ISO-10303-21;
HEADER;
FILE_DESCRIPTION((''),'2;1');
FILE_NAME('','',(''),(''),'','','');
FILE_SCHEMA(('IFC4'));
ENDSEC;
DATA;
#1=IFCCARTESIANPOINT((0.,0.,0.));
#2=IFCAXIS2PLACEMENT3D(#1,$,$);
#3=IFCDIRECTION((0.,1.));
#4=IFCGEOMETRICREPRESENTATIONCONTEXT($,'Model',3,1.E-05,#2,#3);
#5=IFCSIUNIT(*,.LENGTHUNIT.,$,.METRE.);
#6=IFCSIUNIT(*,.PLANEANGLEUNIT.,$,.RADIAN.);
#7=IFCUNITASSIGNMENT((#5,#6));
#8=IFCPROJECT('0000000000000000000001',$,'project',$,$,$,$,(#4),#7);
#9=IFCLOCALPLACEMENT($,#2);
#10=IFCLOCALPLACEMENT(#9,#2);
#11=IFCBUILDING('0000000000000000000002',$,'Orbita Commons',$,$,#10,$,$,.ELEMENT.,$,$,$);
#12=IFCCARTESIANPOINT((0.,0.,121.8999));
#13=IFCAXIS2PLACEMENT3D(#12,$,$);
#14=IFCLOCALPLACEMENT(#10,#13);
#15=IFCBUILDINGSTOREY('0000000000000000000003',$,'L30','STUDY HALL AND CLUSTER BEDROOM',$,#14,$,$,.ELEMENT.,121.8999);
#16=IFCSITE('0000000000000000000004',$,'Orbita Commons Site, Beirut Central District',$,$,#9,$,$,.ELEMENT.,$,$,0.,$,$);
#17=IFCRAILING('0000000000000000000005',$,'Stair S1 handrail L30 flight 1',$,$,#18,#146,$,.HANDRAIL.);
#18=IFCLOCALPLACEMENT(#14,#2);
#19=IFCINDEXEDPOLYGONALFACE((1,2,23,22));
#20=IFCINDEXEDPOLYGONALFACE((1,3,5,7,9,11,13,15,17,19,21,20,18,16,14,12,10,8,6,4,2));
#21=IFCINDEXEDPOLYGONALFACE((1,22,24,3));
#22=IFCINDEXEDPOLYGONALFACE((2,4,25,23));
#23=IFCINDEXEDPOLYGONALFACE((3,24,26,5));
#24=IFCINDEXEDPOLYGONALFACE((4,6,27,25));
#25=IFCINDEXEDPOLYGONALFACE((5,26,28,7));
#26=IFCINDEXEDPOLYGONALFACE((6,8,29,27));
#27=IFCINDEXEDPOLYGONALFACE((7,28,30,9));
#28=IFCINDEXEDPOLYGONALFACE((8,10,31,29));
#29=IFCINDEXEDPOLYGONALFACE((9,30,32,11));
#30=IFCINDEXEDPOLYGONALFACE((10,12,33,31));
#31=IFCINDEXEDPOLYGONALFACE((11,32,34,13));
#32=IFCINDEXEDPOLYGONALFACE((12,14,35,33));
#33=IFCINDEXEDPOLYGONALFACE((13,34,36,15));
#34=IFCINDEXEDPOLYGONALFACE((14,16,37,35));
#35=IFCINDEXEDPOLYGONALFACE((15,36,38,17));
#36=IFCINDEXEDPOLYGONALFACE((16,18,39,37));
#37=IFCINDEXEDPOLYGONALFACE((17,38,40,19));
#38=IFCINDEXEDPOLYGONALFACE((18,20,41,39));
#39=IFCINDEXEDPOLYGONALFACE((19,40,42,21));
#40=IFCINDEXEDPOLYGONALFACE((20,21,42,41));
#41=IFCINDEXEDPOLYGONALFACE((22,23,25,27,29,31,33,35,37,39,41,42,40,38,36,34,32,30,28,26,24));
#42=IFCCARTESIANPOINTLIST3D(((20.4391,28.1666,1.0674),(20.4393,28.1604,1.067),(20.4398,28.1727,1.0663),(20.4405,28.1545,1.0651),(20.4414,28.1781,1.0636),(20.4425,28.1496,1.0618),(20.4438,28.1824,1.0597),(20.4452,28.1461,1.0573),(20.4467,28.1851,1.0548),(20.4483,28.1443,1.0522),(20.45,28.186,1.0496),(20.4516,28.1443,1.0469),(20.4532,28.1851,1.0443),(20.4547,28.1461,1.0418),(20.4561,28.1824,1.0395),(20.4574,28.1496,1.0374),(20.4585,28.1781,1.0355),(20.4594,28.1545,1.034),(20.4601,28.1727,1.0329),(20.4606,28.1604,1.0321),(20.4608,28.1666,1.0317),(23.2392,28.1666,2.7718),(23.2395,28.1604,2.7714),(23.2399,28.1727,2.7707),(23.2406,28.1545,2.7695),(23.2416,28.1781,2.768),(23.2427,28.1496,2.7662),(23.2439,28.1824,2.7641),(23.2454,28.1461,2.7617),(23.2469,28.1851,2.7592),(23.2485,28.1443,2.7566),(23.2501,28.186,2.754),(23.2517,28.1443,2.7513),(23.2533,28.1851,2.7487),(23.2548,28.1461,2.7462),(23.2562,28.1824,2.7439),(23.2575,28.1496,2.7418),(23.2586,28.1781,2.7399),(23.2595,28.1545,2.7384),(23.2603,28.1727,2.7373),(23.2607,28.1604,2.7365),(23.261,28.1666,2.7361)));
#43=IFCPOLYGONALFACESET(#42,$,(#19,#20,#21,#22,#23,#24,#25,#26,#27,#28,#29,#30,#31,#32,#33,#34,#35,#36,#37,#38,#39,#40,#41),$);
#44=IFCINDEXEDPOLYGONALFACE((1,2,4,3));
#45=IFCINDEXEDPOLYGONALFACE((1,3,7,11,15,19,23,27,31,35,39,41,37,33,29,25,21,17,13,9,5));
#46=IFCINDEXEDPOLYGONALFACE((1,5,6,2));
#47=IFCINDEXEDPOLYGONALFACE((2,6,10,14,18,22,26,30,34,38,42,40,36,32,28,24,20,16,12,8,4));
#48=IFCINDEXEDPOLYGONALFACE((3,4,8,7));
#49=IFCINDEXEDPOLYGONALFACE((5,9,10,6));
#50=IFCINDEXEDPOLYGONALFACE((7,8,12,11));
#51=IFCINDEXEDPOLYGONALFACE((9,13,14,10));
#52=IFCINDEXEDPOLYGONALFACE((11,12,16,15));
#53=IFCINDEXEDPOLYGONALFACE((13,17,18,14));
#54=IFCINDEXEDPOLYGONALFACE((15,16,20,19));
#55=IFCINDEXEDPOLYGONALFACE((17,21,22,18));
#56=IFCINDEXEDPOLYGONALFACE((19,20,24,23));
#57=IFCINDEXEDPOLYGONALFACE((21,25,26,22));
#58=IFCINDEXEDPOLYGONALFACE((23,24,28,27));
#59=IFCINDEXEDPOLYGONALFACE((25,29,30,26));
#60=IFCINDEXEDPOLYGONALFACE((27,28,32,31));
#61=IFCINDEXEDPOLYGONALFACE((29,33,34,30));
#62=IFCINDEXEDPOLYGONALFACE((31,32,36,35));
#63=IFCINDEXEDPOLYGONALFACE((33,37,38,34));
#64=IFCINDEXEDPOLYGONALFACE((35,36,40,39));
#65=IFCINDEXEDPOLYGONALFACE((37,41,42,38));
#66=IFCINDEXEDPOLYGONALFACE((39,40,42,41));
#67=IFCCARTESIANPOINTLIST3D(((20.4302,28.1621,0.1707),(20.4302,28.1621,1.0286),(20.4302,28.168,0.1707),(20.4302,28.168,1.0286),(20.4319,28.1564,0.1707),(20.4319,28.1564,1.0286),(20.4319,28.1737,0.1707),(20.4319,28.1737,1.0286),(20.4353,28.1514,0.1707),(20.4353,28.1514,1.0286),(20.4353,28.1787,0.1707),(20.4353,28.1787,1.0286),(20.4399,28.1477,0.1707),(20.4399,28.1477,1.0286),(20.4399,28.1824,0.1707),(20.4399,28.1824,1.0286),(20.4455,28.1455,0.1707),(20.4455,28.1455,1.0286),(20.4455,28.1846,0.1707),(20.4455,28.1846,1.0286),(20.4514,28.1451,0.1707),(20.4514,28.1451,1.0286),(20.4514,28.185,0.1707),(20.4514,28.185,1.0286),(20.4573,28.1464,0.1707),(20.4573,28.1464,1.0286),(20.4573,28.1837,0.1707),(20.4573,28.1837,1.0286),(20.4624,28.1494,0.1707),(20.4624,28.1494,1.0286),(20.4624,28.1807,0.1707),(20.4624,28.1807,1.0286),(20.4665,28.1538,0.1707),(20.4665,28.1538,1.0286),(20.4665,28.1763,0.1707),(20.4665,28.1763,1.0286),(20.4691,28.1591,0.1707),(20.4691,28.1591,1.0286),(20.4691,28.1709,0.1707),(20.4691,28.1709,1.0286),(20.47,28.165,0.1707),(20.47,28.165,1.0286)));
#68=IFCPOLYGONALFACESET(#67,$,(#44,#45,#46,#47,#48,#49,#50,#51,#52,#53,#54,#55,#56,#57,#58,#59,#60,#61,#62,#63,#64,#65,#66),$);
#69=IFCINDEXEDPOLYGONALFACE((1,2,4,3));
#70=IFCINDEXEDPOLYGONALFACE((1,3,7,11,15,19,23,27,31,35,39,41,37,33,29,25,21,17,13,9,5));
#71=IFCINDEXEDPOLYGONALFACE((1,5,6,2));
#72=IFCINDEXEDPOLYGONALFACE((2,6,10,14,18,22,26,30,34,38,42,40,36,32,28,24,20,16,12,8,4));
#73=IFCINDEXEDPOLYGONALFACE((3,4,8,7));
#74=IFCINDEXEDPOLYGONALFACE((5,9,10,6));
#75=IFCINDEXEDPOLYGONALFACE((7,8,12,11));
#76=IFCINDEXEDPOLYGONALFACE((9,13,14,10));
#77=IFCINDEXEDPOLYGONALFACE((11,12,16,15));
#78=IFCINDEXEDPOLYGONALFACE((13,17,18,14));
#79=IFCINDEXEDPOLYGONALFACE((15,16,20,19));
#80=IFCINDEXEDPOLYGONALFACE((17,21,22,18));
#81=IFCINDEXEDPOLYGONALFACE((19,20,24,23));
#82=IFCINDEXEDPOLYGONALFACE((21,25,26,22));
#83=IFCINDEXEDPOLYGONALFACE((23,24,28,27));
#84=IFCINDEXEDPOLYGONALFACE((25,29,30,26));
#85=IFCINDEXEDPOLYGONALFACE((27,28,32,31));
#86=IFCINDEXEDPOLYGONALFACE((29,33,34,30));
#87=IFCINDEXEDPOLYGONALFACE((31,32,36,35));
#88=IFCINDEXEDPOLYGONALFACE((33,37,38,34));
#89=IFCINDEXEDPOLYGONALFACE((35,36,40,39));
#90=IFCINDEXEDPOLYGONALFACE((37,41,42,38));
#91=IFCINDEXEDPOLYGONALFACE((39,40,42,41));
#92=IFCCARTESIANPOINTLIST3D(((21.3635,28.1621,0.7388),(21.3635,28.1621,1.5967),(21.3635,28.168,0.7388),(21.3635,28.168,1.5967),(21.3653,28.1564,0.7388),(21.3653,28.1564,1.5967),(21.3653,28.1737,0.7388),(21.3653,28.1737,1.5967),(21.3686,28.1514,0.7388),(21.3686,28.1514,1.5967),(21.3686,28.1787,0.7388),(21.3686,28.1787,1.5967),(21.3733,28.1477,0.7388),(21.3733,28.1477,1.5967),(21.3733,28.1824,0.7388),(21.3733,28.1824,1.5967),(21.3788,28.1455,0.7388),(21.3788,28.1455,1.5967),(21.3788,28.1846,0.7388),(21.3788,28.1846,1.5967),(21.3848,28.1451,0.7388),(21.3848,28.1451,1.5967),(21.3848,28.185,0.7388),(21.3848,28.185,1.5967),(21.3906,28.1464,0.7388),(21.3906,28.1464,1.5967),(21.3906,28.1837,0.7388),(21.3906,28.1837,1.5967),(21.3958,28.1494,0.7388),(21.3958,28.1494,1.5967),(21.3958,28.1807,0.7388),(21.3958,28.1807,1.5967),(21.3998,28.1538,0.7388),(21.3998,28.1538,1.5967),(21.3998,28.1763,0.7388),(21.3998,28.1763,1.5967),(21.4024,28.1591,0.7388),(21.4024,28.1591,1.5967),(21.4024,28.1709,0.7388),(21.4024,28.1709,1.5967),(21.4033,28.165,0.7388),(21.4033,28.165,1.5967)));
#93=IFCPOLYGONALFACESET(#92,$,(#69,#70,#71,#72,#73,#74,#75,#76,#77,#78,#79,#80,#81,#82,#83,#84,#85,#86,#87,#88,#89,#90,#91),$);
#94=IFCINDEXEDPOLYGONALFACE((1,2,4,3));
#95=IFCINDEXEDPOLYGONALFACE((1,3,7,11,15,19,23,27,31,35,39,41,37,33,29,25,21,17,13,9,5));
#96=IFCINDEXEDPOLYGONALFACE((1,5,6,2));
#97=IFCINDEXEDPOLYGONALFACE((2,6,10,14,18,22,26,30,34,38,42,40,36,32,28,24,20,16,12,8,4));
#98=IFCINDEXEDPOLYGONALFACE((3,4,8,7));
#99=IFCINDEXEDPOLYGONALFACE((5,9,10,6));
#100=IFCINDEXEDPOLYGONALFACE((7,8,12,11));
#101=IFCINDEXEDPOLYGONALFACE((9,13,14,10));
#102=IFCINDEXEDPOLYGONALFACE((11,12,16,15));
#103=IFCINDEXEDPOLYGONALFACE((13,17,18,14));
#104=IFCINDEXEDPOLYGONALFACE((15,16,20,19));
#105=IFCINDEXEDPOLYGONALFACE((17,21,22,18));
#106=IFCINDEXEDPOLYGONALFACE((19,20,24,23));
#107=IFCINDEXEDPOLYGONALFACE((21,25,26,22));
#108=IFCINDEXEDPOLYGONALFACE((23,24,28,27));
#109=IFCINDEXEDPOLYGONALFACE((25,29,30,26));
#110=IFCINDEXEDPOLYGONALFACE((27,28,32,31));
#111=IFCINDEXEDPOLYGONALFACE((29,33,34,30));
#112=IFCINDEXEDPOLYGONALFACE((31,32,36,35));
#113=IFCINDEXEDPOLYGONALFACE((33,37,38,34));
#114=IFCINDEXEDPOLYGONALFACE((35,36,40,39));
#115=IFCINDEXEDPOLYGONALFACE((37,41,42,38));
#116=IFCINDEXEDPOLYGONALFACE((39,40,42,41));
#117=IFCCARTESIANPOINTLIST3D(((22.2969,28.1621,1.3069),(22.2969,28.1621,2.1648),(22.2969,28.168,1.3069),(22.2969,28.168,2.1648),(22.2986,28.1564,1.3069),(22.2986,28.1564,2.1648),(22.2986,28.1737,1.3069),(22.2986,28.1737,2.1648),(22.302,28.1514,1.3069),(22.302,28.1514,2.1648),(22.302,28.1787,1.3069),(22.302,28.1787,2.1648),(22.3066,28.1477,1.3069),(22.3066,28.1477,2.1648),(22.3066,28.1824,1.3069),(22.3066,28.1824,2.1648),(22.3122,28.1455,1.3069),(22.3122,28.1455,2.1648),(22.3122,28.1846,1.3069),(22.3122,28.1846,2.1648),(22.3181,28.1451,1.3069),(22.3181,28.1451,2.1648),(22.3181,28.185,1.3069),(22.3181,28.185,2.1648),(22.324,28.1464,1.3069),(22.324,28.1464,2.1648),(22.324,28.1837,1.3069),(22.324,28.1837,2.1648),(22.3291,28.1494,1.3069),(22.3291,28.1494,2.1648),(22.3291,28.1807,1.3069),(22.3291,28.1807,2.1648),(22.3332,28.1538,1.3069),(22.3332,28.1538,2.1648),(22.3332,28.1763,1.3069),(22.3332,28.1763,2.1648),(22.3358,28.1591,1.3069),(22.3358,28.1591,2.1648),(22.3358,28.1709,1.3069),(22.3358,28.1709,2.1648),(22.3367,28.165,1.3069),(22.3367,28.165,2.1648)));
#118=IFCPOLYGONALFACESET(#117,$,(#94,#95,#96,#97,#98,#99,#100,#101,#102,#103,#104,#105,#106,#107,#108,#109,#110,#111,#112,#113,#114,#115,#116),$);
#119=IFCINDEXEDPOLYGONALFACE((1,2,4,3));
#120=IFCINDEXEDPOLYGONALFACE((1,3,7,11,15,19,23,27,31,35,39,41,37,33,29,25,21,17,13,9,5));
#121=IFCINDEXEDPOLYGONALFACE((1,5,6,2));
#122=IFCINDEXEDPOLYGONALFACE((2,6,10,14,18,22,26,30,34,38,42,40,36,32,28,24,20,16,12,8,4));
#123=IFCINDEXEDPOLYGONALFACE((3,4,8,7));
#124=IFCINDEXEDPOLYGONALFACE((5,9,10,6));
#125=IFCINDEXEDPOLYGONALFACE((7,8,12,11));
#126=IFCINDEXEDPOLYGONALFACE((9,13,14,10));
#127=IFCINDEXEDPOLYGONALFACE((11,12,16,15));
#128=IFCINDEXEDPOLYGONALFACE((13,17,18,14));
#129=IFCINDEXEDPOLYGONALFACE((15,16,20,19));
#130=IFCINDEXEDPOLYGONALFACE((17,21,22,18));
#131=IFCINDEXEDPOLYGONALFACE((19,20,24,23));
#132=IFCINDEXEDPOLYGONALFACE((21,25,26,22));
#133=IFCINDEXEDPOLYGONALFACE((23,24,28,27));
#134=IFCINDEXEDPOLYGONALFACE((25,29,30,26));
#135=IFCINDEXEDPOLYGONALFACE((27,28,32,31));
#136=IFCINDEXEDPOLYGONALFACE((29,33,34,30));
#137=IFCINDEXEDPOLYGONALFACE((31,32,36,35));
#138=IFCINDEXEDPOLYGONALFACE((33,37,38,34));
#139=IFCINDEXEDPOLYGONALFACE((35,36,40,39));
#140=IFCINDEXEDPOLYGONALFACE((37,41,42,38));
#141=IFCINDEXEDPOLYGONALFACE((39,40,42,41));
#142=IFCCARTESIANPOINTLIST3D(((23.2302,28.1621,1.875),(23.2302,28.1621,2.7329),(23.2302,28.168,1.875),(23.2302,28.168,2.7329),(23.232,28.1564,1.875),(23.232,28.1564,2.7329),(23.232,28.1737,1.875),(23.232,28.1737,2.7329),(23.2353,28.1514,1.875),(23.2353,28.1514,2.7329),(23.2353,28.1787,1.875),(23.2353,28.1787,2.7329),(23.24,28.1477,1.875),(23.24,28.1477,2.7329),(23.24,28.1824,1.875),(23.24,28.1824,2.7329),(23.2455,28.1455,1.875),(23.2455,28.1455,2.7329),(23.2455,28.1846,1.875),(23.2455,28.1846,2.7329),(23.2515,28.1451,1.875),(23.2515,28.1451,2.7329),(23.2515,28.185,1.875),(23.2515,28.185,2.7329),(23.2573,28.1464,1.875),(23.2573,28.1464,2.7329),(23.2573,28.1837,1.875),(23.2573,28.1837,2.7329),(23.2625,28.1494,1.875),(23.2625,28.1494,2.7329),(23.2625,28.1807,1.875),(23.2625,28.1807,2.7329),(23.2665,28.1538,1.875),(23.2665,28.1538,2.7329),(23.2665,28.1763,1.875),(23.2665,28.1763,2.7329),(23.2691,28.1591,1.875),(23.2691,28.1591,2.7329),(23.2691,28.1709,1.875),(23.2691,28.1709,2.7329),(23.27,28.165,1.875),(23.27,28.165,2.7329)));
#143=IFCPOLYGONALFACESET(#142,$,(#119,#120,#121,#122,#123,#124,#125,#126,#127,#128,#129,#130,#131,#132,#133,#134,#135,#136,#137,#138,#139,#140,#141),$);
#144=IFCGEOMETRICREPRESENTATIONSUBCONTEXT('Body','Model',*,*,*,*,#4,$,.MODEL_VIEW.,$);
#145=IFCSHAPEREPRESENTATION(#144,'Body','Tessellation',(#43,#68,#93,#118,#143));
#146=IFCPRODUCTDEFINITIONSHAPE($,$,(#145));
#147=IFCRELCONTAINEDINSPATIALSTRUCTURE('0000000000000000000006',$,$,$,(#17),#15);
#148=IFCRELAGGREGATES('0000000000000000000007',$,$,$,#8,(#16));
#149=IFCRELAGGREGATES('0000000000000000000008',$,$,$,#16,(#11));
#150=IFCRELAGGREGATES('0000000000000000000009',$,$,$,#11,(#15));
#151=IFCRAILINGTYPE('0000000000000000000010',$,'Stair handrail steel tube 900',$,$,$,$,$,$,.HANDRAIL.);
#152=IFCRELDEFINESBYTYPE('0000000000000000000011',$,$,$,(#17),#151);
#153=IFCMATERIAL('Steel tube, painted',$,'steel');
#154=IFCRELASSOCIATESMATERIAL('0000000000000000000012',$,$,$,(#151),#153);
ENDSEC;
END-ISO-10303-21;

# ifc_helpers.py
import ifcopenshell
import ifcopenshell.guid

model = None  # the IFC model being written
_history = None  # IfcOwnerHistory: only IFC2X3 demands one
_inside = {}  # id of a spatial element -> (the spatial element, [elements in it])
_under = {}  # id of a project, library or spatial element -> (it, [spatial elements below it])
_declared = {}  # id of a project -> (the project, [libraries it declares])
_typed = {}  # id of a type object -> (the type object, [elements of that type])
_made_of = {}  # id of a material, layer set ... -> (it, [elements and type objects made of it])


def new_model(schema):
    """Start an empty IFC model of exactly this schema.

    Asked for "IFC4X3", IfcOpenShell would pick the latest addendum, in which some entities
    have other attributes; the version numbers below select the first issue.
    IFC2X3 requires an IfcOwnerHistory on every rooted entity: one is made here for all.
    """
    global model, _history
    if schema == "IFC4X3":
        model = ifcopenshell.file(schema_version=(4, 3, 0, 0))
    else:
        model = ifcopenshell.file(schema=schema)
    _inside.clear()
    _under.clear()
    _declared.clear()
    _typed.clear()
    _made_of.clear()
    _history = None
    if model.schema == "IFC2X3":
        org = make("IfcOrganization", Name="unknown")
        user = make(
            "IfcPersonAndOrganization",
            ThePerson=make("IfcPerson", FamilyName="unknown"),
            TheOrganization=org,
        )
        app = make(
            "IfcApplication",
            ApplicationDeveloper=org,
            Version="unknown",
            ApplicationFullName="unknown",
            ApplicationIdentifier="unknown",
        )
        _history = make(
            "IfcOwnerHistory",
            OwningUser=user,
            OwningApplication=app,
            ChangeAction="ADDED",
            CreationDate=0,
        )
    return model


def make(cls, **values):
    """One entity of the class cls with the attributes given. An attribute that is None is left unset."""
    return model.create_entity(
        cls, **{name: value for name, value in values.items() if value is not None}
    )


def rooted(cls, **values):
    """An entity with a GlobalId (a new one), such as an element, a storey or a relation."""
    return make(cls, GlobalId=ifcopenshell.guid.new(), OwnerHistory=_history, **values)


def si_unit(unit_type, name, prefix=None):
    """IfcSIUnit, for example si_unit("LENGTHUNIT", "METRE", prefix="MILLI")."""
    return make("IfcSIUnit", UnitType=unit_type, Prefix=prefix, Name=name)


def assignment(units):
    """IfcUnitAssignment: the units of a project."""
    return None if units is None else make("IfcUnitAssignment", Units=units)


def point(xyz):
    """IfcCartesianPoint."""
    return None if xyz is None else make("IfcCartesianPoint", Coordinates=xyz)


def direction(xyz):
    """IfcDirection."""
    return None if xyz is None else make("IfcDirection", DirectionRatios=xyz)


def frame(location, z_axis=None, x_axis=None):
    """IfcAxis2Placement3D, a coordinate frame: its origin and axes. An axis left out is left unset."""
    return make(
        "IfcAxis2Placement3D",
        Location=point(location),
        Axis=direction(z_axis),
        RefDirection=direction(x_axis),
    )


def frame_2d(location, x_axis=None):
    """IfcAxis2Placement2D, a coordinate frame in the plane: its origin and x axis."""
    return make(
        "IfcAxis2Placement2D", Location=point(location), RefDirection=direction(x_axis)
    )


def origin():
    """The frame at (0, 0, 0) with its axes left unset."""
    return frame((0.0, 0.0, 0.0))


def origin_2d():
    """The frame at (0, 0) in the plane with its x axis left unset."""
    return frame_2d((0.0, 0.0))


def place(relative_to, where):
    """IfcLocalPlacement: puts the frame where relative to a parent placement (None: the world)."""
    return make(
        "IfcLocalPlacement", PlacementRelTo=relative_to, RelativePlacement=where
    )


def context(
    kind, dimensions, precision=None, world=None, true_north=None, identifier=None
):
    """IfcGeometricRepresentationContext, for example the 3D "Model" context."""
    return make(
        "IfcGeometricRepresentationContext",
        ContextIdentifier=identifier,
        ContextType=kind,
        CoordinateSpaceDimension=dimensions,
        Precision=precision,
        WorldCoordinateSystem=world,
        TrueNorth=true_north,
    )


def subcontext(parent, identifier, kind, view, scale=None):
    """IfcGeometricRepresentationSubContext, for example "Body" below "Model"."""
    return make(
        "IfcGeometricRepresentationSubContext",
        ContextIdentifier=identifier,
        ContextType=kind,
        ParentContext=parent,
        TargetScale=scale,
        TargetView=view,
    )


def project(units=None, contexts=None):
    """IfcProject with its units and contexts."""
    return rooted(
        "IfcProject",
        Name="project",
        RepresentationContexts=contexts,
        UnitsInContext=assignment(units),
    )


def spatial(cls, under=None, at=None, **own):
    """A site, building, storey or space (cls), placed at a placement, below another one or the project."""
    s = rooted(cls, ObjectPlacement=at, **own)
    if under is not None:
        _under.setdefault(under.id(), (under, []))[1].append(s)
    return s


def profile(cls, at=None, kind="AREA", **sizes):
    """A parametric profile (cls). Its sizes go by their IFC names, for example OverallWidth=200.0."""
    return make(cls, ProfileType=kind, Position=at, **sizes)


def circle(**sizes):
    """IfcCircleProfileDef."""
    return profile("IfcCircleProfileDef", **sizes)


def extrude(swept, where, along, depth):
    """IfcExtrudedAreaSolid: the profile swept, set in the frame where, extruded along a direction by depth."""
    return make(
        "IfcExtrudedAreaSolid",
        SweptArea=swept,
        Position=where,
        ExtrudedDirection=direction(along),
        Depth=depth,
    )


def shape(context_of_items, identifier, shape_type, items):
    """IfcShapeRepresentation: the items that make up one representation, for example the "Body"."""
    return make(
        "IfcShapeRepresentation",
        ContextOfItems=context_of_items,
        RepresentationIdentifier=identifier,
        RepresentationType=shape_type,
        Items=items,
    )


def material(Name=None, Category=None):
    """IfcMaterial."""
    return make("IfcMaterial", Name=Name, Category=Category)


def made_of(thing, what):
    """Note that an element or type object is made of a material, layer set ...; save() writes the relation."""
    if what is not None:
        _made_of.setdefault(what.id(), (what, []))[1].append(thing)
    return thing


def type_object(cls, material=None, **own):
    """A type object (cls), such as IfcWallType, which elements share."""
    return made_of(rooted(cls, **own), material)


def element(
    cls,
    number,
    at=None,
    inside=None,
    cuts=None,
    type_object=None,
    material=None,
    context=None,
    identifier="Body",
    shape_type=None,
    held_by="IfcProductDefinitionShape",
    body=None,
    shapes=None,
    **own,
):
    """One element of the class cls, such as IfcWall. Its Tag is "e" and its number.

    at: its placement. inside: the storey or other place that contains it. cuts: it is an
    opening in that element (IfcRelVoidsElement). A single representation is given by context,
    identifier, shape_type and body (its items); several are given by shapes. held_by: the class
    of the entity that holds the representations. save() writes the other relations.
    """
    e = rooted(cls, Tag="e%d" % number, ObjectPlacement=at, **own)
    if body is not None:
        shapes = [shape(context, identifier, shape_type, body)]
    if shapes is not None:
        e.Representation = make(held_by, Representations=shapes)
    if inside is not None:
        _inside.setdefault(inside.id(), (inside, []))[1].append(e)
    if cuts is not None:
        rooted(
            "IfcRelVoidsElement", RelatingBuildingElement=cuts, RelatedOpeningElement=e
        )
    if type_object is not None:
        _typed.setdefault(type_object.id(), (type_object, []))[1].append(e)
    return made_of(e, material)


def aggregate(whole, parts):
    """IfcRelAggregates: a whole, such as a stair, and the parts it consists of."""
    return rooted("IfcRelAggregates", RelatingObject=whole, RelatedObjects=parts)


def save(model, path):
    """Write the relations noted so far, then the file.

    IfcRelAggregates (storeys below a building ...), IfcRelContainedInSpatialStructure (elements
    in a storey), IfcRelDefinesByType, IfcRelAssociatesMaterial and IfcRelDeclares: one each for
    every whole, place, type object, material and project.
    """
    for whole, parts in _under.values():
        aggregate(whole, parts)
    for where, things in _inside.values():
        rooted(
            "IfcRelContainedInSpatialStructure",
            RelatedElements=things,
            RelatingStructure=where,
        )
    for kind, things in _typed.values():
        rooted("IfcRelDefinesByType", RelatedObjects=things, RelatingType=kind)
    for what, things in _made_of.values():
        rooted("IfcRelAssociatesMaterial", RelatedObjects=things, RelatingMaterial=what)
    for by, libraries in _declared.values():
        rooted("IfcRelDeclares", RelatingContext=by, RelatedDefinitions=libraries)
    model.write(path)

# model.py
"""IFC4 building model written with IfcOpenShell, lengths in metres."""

from ifc_helpers import new_model, si_unit, direction, frame, origin, origin_2d, place, context, subcontext, project, spatial, circle, extrude, material, type_object, element, save


model = new_model("IFC4")

# Units and contexts
model_context = context("Model", 3, precision=1e-05, world=origin(), true_north=direction((0.0, 1.0)))
body_context = subcontext(model_context, "Body", "Model", "MODEL_VIEW")
ifc_project = project(units=[si_unit("LENGTHUNIT", "METRE"), si_unit("PLANEANGLEUNIT", "RADIAN")], contexts=[model_context])

# Site, building, storey
site_placement = place(None, origin())
site = spatial("IfcSite", under=ifc_project, at=site_placement, Name="Orbita Commons Site, Beirut Central District", CompositionType="ELEMENT", RefElevation=0.0)
building_placement = place(site_placement, origin())
building = spatial("IfcBuilding", under=site, at=building_placement, Name="Orbita Commons", CompositionType="ELEMENT")
storey_placement = place(building_placement, frame((0.0, 0.0, 121.8999)))
storey = spatial("IfcBuildingStorey", under=building, at=storey_placement, Name="L30", Description="STUDY HALL AND CLUSTER BEDROOM", CompositionType="ELEMENT", Elevation=121.8999)

# Railing
ifc_material = material(Name="Steel tube, painted", Category="steel")
railing_type = type_object("IfcRailingType", Name="Stair handrail steel tube 900", PredefinedType="HANDRAIL", material=ifc_material)
railing_1_placement = place(storey_placement, frame((20.45, 28.165, 0.1707)))
element("IfcRailing", 1, at=railing_1_placement, inside=storey, type_object=railing_type, Name="Stair S1 handrail L30 flight 1", PredefinedType="HANDRAIL", context=body_context, shape_type="SweptSolid", body=[
    extrude(circle(Radius=0.021, at=origin_2d()), frame((0.0, 0.0, 0.8789), z_axis=(0.854203, 0.0, 0.51994), x_axis=(0.0, 1.0, 0.0)), (0.0, 0.0, 1.0), 3.2781),
    extrude(circle(Radius=0.02, at=origin_2d()), origin(), (0.0, 0.0, 1.0), 0.8579),
    extrude(circle(Radius=0.02, at=origin_2d()), frame((0.9333, 0.0, 0.5681)), (0.0, 0.0, 1.0), 0.8579),
    extrude(circle(Radius=0.02, at=origin_2d()), frame((1.8667, 0.0, 1.1362)), (0.0, 0.0, 1.0), 0.8579),
    extrude(circle(Radius=0.02, at=origin_2d()), frame((2.8, 0.0, 1.7043)), (0.0, 0.0, 1.0), 0.8579),
])

save(model, "model.ifc")
